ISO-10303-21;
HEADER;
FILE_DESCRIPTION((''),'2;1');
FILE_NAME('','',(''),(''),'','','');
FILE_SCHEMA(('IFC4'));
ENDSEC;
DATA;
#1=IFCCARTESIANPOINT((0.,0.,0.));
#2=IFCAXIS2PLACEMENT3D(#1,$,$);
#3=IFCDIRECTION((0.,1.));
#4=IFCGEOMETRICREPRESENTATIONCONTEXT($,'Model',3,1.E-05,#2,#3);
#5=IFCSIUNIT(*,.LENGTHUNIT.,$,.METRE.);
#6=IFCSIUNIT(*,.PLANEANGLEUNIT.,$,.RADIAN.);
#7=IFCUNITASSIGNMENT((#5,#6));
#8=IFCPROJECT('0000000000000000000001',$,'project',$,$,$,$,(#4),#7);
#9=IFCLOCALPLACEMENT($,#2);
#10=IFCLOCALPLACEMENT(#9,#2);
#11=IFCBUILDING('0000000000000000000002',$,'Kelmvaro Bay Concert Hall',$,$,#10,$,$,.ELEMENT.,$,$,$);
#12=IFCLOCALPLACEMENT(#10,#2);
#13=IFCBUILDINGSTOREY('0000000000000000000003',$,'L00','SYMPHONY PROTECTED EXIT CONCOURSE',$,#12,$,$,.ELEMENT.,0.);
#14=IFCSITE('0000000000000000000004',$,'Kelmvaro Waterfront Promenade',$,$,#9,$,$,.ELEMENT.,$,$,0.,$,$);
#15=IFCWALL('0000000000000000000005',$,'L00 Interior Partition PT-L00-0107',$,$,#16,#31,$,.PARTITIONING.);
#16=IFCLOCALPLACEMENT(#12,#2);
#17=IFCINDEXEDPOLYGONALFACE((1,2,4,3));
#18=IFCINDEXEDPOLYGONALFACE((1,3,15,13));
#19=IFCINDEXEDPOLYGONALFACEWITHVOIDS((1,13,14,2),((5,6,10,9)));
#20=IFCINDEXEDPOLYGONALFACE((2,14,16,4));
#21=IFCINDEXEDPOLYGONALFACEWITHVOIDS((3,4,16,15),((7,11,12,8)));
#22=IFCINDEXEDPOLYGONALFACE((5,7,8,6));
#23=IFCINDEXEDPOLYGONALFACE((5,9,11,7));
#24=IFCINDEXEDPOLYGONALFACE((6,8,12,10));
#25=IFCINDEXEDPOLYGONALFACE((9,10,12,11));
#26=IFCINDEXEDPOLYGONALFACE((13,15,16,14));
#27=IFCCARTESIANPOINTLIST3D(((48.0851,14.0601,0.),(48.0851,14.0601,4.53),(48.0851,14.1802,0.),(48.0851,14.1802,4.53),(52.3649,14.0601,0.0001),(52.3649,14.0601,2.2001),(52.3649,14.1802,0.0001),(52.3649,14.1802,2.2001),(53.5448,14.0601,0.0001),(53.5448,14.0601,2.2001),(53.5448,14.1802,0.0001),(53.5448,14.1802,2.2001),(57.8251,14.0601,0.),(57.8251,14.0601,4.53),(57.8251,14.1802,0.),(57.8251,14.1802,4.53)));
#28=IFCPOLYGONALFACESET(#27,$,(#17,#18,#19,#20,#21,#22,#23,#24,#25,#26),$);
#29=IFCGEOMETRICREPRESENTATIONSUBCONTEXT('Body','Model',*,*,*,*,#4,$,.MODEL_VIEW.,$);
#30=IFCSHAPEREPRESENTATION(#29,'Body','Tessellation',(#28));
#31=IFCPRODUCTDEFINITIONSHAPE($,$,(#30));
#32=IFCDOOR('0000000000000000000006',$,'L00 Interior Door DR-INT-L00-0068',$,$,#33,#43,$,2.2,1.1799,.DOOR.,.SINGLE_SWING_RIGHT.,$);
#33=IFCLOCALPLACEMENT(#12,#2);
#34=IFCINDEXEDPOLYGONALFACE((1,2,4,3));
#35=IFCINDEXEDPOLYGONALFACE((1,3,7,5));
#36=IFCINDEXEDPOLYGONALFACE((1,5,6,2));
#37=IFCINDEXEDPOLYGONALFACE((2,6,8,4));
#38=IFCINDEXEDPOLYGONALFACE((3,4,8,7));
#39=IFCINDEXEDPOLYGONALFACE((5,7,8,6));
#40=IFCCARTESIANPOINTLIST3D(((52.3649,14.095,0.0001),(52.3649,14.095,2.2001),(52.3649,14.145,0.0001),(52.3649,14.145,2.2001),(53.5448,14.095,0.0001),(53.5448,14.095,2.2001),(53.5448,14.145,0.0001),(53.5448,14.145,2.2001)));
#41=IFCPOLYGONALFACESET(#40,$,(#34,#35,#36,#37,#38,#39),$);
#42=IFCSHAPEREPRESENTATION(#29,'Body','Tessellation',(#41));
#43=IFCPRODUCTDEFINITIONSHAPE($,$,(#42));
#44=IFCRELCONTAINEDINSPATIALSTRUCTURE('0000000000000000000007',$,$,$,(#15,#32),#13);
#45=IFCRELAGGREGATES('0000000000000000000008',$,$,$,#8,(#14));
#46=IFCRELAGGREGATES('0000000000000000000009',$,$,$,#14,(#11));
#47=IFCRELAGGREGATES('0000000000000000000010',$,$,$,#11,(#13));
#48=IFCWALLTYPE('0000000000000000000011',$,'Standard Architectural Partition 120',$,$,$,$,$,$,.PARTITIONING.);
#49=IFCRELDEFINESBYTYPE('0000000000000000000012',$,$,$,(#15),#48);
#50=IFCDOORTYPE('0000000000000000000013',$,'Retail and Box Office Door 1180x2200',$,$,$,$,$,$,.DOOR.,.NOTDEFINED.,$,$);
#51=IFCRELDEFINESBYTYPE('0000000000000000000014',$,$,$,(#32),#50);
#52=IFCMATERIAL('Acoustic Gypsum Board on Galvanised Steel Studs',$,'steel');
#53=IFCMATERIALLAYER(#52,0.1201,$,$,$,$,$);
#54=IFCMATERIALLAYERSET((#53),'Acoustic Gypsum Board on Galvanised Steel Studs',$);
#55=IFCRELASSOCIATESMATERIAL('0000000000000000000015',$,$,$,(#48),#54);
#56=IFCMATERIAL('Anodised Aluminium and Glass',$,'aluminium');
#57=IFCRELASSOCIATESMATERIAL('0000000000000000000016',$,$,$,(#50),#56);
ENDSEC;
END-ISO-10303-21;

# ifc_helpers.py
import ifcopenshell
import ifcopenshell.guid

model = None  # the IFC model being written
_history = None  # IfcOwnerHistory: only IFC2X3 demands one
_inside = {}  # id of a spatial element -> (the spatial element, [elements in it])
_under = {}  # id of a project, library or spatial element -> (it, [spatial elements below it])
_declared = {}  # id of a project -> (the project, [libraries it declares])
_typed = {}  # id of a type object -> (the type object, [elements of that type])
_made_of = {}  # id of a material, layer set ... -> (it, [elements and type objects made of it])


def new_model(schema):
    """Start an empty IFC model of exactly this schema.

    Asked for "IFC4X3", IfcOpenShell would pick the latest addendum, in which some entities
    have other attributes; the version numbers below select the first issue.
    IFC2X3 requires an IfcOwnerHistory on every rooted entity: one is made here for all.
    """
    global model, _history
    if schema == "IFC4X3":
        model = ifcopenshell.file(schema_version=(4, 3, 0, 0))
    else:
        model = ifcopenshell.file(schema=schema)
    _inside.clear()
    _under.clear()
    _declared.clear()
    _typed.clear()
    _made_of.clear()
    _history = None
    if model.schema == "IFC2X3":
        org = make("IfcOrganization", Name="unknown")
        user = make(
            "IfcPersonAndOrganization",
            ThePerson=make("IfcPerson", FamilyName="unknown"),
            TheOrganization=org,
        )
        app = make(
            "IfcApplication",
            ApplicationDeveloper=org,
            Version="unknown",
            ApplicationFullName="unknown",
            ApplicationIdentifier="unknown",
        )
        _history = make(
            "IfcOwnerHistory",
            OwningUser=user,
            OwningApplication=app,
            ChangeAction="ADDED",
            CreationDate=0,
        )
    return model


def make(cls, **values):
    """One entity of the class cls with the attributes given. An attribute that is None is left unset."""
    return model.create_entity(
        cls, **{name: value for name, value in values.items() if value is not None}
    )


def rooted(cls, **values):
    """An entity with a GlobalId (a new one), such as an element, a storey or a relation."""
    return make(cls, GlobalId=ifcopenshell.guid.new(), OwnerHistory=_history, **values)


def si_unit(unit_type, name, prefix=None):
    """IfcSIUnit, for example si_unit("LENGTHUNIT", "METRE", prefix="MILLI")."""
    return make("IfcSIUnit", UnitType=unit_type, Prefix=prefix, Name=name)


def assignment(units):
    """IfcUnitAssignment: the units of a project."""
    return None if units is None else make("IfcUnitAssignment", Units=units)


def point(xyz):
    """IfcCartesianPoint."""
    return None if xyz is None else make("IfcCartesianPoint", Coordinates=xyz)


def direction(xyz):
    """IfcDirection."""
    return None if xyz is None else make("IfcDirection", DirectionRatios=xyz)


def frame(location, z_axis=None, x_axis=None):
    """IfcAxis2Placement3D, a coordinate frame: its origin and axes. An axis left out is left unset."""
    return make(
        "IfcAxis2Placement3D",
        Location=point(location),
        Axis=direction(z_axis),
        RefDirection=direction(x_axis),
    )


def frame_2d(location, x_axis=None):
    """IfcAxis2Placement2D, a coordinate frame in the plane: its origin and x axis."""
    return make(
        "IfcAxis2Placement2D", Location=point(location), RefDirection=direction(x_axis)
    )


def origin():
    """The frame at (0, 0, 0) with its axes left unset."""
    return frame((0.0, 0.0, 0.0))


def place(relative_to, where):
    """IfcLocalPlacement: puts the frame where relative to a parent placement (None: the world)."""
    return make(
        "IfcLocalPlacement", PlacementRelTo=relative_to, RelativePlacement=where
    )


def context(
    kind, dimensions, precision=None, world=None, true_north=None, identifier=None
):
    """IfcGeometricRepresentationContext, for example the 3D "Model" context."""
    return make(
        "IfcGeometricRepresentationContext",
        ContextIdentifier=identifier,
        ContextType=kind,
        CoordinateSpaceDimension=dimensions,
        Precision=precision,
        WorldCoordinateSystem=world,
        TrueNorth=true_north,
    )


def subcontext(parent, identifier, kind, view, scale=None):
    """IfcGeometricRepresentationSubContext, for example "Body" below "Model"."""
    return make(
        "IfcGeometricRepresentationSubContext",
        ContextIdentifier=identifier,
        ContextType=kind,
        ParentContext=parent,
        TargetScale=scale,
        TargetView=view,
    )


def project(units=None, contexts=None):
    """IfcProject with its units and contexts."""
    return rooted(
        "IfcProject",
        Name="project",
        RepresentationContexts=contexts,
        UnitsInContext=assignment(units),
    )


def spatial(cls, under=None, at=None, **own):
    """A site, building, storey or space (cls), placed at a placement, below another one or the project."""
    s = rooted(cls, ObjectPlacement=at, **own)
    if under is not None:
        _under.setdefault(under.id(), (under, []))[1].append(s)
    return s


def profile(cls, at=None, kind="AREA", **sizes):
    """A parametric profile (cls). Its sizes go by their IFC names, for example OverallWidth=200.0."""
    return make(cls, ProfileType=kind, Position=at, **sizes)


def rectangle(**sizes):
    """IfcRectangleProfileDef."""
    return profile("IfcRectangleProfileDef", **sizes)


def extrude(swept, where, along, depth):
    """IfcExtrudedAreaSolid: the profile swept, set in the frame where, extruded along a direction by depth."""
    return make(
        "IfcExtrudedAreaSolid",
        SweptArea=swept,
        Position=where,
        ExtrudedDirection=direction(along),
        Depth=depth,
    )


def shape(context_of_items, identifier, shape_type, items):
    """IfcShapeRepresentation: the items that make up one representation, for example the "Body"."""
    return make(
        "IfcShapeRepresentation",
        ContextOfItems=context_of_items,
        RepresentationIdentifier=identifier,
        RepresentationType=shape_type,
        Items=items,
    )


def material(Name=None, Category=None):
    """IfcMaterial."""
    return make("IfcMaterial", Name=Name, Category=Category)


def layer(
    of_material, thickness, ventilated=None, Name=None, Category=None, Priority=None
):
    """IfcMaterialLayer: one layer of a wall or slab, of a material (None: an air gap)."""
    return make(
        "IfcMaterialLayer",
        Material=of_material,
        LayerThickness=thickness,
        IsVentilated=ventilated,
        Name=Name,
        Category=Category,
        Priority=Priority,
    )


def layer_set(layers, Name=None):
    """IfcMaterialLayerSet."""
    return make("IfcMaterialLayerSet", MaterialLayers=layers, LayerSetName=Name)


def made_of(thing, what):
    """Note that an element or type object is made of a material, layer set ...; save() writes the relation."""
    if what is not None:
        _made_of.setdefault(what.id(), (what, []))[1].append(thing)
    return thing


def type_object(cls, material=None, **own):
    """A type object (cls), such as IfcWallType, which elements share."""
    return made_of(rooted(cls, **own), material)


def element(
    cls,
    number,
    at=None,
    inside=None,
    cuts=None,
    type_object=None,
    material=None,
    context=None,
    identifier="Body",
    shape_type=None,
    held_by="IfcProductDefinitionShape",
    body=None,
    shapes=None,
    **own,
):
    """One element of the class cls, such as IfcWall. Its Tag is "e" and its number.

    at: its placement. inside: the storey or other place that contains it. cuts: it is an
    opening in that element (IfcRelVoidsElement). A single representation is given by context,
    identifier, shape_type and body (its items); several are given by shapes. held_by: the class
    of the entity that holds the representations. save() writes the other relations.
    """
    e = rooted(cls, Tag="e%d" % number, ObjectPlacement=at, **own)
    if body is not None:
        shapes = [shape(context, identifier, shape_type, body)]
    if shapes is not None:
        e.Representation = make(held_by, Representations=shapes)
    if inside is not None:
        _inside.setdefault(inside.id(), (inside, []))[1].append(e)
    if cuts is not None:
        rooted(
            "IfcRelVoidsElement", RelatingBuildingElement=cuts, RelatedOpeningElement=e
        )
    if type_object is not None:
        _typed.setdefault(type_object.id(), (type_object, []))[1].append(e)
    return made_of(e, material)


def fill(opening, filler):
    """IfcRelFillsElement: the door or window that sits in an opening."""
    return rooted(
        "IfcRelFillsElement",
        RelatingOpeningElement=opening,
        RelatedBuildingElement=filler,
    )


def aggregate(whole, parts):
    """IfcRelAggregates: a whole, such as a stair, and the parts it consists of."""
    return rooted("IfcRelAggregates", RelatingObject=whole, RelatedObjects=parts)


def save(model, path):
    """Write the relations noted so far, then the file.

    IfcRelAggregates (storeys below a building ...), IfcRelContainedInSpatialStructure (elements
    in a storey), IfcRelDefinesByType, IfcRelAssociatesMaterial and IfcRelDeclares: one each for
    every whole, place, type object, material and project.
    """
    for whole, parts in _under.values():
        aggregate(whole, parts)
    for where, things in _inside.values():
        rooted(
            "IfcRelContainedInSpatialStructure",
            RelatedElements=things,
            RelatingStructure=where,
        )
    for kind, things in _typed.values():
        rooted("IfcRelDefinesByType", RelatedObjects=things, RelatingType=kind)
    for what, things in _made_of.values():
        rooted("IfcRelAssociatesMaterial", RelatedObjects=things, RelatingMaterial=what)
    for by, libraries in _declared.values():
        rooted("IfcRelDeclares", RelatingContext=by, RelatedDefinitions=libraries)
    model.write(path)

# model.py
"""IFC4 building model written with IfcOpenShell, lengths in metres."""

from ifc_helpers import new_model, si_unit, direction, frame, frame_2d, origin, place, context, subcontext, project, spatial, rectangle, extrude, material, layer, layer_set, type_object, element, fill, save


model = new_model("IFC4")

# Units and contexts
model_context = context("Model", 3, precision=1e-05, world=origin(), true_north=direction((0.0, 1.0)))
body_context = subcontext(model_context, "Body", "Model", "MODEL_VIEW")
ifc_project = project(units=[si_unit("LENGTHUNIT", "METRE"), si_unit("PLANEANGLEUNIT", "RADIAN")], contexts=[model_context])

# Site, building, storey
site_placement = place(None, origin())
site = spatial("IfcSite", under=ifc_project, at=site_placement, Name="Kelmvaro Waterfront Promenade", CompositionType="ELEMENT", RefElevation=0.0)
building_placement = place(site_placement, origin())
building = spatial("IfcBuilding", under=site, at=building_placement, Name="Kelmvaro Bay Concert Hall", CompositionType="ELEMENT")
storey_placement = place(building_placement, origin())
storey = spatial("IfcBuildingStorey", under=building, at=storey_placement, Name="L00", Description="SYMPHONY PROTECTED EXIT CONCOURSE", CompositionType="ELEMENT", Elevation=0.0)

# Wall, opening, door
ifc_material_1 = material(Name="Acoustic Gypsum Board on Galvanised Steel Studs", Category="steel")
ifc_layer_1 = layer(ifc_material_1, 0.1201)
ifc_layer_set_1 = layer_set([ifc_layer_1], Name="Acoustic Gypsum Board on Galvanised Steel Studs")
wall_type_1 = type_object("IfcWallType", Name="Standard Architectural Partition 120", PredefinedType="PARTITIONING", material=ifc_layer_set_1)
ifc_material_2 = material(Name="Anodised Aluminium and Glass", Category="aluminium")
door_type_1 = type_object("IfcDoorType", Name="Retail and Box Office Door 1180x2200", OperationType="NOTDEFINED", PredefinedType="DOOR", material=ifc_material_2)
wall_1_placement = place(storey_placement, frame((48.085, 14.1201, 0.0), z_axis=(0.0, 0.0, 1.0), x_axis=(1.0, 0.0, 0.0)))
wall_1 = element("IfcWall", 1, at=wall_1_placement, inside=storey, type_object=wall_type_1, Name="L00 Interior Partition PT-L00-0107", PredefinedType="PARTITIONING", context=body_context, shape_type="SweptSolid", body=[
    extrude(rectangle(XDim=9.74, YDim=0.1201, at=frame_2d((4.8701, 0.0))), origin(), (0.0, 0.0, 1.0), 4.53),
])
opening_1_placement = place(wall_1_placement, frame((4.28, 0.0, 0.0)))
opening_1 = element("IfcOpeningElement", 2, at=opening_1_placement, cuts=wall_1, PredefinedType="OPENING", context=body_context, shape_type="SweptSolid", body=[
    extrude(rectangle(XDim=1.1799, YDim=2.2, at=frame_2d((0.5898, 1.1001))), frame((0.0, 0.0701, 0.0), z_axis=(0.0, -1.0, 0.0), x_axis=(1.0, 0.0, 0.0)), (0.0, 0.0, 1.0), 0.1401),
])
door_1_placement = place(opening_1_placement, origin())
door_1 = element("IfcDoor", 3, at=door_1_placement, inside=storey, type_object=door_type_1, Name="L00 Interior Door DR-INT-L00-0068", OperationType="SINGLE_SWING_RIGHT", OverallHeight=2.2, OverallWidth=1.1799, PredefinedType="DOOR", context=body_context, shape_type="SweptSolid", body=[
    extrude(rectangle(XDim=1.1799, YDim=2.2, at=frame_2d((0.5898, 1.1001))), frame((0.0, 0.0249, 0.0), z_axis=(0.0, -1.0, 0.0), x_axis=(1.0, 0.0, 0.0)), (0.0, 0.0, 1.0), 0.05),
])
fill(opening_1, door_1)

save(model, "model.ifc")
